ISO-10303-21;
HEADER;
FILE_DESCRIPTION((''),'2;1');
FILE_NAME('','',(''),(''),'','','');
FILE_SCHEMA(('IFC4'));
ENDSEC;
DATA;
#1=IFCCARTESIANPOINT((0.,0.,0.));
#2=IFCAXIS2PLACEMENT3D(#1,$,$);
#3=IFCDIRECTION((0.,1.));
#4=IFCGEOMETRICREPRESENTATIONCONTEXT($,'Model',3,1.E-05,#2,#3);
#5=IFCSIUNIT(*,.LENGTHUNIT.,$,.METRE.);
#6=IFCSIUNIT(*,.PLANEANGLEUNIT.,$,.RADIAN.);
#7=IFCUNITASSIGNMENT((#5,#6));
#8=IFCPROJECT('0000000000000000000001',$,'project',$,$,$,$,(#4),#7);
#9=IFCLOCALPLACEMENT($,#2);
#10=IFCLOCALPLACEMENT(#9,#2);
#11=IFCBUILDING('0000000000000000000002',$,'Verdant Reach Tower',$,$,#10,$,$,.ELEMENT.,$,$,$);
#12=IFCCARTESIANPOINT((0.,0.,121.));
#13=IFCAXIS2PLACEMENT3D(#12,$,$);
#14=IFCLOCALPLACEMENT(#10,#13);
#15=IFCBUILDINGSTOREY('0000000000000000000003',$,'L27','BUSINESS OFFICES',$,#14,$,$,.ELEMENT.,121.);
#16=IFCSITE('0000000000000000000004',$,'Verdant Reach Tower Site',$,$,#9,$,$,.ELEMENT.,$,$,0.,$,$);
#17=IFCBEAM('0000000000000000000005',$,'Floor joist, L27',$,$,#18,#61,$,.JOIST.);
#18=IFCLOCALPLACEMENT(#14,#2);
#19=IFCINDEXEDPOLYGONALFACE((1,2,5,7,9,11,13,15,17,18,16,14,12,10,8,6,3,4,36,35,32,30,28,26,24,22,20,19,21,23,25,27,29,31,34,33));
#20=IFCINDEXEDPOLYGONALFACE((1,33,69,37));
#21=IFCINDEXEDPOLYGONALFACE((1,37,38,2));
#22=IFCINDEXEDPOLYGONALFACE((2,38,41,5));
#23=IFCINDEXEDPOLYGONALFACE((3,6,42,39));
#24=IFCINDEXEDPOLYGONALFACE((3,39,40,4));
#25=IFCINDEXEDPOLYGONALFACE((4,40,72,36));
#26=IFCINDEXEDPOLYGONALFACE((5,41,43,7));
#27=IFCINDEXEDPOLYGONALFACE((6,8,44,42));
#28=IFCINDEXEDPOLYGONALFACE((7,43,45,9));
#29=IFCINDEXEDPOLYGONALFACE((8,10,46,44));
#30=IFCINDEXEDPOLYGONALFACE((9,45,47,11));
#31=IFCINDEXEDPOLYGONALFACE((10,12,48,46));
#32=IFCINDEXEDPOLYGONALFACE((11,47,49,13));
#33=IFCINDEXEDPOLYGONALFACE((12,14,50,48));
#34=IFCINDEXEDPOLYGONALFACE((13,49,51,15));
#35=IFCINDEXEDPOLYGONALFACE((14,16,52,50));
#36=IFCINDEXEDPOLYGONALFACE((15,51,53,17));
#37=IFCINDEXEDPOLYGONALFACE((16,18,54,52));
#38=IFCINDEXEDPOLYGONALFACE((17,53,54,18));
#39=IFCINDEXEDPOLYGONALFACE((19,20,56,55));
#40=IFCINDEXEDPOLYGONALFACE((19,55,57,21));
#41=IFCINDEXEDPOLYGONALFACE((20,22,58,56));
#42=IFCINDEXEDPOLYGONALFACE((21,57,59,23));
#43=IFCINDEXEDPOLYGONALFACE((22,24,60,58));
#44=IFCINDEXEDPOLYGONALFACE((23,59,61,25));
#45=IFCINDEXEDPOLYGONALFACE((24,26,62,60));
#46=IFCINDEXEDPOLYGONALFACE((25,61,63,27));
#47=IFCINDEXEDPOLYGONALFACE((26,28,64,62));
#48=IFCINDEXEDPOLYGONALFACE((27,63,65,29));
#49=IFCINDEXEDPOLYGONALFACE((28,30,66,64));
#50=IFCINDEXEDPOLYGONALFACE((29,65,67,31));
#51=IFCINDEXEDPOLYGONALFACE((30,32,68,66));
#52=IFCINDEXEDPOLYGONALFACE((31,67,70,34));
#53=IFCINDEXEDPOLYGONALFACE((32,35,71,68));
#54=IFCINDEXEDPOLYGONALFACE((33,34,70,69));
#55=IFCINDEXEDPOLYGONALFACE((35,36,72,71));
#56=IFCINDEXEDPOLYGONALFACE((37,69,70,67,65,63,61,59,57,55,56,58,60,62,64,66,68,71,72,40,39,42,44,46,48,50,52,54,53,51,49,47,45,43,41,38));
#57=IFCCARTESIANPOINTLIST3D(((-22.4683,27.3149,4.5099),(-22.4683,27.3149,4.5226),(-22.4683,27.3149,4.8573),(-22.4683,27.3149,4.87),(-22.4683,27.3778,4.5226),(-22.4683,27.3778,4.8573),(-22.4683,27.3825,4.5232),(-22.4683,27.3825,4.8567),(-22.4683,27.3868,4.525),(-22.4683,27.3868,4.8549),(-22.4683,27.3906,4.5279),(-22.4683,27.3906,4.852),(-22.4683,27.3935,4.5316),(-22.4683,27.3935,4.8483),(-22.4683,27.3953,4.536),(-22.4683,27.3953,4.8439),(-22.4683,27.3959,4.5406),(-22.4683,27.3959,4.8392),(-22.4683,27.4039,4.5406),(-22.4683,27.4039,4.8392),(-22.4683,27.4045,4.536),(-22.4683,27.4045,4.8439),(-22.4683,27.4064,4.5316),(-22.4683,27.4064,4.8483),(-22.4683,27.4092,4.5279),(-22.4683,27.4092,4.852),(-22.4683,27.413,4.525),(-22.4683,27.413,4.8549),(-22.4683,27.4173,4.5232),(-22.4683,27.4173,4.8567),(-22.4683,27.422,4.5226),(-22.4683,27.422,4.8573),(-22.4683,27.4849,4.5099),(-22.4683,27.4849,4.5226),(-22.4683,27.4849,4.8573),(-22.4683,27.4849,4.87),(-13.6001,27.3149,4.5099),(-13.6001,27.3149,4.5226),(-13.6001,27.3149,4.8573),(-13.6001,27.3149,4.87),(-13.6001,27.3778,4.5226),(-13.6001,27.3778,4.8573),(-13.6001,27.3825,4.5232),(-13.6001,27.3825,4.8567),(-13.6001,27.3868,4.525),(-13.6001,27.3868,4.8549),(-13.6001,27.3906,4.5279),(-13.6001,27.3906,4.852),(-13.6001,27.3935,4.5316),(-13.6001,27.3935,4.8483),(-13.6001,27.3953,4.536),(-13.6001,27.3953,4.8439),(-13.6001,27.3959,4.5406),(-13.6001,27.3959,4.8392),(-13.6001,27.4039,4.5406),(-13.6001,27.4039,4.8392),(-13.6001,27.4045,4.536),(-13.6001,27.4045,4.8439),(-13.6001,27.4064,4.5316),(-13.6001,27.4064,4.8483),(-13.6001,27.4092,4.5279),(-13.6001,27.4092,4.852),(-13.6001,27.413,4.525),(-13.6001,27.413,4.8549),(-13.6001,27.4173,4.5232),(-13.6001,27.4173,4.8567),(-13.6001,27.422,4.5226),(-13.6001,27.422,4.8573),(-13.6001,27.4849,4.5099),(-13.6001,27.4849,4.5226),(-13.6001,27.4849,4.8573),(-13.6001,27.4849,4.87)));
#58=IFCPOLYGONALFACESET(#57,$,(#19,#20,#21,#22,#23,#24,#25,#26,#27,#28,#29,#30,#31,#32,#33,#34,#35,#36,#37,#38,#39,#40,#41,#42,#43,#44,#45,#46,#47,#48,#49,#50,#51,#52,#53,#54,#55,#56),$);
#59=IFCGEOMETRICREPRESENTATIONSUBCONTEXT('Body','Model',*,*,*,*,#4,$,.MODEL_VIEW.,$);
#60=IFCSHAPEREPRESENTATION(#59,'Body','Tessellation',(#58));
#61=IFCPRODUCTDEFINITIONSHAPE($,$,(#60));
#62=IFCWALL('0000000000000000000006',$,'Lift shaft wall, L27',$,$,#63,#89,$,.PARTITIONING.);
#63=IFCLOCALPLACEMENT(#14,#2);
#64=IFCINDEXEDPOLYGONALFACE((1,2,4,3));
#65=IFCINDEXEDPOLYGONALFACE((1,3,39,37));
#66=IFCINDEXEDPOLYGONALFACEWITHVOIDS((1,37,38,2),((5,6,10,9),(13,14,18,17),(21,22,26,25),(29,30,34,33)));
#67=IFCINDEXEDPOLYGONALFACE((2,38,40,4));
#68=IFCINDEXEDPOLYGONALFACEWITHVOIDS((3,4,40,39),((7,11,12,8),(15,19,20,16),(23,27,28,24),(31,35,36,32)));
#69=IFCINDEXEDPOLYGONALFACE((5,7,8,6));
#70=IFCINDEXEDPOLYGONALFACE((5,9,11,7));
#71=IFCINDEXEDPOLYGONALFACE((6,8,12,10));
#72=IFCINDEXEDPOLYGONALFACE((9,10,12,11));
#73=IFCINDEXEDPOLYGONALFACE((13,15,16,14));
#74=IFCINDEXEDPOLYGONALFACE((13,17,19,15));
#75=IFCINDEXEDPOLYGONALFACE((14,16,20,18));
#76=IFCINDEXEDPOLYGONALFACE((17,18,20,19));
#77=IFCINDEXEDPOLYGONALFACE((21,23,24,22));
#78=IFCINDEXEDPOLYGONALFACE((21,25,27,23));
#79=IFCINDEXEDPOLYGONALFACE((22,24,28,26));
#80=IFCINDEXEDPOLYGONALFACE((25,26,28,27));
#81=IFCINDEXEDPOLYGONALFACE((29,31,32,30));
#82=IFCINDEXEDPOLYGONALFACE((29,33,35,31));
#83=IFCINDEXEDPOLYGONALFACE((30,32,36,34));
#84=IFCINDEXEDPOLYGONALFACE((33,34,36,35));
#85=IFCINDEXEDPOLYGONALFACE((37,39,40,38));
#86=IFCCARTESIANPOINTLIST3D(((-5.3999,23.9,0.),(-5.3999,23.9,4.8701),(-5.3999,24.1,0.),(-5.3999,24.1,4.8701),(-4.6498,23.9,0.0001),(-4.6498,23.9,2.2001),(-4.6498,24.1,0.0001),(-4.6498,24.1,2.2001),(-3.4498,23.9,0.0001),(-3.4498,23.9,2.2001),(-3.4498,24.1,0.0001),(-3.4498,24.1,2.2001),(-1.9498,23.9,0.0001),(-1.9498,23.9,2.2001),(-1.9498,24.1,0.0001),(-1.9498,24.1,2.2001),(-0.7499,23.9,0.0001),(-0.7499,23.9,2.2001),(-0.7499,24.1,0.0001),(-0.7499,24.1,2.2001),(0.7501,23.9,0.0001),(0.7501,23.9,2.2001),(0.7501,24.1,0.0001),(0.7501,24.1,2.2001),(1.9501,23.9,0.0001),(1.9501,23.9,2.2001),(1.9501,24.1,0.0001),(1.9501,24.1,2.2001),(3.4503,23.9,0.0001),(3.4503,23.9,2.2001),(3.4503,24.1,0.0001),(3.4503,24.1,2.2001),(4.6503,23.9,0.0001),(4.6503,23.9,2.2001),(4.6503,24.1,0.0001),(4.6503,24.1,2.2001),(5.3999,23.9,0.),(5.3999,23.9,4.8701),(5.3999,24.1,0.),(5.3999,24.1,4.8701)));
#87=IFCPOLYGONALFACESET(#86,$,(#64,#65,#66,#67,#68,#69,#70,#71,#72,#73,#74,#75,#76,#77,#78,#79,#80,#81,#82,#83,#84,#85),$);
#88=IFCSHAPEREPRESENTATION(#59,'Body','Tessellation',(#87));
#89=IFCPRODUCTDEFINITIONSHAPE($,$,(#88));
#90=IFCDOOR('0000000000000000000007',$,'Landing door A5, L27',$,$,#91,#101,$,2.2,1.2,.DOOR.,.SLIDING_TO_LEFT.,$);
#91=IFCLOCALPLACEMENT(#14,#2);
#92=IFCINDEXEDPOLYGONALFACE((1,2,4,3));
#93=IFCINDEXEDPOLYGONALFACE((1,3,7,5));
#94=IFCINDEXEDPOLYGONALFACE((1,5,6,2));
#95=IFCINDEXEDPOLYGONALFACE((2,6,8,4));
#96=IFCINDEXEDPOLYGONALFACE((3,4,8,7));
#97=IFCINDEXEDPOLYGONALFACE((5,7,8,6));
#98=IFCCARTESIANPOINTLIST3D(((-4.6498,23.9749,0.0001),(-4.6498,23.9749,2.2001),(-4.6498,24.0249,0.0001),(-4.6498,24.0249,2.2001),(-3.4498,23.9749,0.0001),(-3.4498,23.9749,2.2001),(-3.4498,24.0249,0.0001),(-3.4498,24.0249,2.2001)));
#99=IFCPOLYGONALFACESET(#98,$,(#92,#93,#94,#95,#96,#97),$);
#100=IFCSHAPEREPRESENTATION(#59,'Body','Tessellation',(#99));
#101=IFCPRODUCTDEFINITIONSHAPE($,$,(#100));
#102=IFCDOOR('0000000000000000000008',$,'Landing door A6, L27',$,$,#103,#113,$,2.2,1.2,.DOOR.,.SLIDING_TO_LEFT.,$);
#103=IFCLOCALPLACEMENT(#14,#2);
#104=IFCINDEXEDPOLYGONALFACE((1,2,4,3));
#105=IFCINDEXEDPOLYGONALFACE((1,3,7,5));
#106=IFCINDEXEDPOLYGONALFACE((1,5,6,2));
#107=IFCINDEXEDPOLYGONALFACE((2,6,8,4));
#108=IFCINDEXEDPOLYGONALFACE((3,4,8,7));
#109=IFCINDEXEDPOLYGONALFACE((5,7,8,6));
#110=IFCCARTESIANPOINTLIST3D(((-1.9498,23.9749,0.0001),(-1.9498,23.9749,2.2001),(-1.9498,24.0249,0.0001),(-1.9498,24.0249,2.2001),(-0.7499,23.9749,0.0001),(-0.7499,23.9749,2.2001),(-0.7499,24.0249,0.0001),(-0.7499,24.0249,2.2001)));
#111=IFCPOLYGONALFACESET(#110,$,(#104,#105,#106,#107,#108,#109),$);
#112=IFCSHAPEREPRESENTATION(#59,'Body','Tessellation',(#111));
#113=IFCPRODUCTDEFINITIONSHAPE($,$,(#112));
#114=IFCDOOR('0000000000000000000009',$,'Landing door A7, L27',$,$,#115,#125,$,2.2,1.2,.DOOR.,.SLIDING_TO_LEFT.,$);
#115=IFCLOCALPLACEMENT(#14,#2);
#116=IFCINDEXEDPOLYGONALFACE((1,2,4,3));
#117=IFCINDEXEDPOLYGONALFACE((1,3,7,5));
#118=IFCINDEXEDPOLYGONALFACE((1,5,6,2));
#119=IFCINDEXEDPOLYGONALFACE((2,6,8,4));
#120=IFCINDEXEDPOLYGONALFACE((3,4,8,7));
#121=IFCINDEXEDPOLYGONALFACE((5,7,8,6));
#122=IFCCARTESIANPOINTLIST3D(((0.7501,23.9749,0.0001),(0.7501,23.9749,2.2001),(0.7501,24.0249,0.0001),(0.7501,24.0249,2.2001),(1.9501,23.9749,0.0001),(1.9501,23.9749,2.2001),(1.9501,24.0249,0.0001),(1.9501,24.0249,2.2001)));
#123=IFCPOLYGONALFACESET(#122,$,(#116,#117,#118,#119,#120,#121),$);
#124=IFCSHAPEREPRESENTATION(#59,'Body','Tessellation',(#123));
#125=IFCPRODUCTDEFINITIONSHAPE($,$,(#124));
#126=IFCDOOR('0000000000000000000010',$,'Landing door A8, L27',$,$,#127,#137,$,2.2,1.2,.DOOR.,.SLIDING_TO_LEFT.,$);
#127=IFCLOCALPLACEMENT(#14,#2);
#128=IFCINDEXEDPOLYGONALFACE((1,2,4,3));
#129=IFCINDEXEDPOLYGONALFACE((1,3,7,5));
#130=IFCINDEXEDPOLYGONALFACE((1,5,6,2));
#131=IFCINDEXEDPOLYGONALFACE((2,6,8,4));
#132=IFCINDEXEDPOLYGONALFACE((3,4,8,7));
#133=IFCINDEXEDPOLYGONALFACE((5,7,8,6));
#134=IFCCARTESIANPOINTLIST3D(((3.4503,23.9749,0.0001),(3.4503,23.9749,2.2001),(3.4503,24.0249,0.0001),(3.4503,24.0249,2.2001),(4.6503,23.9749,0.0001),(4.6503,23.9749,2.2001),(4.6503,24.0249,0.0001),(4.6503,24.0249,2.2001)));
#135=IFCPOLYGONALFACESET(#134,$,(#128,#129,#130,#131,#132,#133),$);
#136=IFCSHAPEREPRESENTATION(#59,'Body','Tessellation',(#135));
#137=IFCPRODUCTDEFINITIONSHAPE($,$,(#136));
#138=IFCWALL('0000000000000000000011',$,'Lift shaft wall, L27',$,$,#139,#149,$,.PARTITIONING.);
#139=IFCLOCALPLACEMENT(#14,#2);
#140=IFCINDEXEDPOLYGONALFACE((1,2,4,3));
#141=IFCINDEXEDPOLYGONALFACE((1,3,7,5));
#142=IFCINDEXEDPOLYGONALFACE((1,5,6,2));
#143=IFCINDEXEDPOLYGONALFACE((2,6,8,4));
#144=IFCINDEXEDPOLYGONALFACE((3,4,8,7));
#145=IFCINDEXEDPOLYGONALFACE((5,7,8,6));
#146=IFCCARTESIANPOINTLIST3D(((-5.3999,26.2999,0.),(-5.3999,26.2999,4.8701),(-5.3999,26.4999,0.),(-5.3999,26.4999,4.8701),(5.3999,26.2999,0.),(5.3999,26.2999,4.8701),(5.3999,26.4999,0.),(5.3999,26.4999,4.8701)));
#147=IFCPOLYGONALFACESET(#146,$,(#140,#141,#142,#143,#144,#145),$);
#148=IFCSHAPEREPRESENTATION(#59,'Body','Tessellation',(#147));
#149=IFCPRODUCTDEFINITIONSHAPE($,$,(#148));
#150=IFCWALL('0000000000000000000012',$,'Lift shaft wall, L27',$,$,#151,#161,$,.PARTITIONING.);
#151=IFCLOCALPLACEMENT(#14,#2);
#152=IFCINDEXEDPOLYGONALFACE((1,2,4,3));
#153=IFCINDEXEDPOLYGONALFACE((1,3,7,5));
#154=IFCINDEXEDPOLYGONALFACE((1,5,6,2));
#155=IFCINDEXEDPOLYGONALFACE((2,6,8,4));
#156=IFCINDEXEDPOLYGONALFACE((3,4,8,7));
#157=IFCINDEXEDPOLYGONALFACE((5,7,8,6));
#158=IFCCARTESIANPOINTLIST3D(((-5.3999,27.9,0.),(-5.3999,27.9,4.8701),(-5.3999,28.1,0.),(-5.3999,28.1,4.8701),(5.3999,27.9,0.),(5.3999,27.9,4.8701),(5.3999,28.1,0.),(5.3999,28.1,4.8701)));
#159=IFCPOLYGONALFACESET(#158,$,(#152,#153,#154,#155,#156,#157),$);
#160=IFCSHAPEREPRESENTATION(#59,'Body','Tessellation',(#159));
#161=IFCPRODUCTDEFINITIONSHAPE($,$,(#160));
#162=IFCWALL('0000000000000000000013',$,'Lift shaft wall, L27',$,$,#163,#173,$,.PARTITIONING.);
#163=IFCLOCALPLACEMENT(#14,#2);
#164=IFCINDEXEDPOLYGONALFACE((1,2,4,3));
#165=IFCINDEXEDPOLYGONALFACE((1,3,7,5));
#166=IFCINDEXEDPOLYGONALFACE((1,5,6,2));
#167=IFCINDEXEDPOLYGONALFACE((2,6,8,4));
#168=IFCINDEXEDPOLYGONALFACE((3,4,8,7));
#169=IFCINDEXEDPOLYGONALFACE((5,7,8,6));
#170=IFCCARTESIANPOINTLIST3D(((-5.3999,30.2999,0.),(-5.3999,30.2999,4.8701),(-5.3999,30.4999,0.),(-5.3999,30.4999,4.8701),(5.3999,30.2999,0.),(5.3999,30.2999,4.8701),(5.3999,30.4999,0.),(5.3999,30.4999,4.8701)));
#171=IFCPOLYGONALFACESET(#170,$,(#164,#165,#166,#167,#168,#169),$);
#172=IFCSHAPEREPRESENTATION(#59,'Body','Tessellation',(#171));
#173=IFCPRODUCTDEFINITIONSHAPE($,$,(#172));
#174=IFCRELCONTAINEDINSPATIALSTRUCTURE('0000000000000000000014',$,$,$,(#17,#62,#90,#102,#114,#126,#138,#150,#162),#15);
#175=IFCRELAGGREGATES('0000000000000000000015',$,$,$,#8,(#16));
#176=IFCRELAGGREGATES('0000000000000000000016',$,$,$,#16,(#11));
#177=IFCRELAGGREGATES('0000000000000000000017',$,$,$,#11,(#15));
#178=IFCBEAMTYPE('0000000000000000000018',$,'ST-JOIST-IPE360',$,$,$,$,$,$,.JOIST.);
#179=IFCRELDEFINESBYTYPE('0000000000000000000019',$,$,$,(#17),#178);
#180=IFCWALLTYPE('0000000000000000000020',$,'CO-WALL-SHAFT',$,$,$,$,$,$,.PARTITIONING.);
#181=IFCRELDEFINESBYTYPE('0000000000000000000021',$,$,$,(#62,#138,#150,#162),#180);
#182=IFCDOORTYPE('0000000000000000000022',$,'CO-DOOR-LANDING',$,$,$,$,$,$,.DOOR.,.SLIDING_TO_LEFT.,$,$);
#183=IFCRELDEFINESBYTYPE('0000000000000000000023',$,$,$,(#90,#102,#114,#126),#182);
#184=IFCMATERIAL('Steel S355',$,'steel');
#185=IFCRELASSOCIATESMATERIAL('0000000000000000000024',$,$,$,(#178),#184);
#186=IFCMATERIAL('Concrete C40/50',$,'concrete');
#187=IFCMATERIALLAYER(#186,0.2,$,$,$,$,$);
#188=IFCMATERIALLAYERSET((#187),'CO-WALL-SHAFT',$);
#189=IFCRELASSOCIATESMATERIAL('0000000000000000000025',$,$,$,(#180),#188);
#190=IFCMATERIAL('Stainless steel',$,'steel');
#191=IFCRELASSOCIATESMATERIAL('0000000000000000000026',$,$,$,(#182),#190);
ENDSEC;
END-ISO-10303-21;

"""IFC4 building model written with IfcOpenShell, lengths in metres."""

from ifc_helpers import new_model, si_unit, direction, frame, frame_2d, origin, origin_2d, place, context, subcontext, project, spatial, rectangle, i_section, extrude, material, layer, layer_set, material_profile, profile_set, type_object, element, fill, save


model = new_model("IFC4")

# Units and contexts
model_context = context("Model", 3, precision=1e-05, world=origin(), true_north=direction((0.0, 1.0)))
body_context = subcontext(model_context, "Body", "Model", "MODEL_VIEW")
ifc_project = project(units=[si_unit("LENGTHUNIT", "METRE"), si_unit("PLANEANGLEUNIT", "RADIAN")], contexts=[model_context])

# Site, building, storey
site_placement = place(None, origin())
site = spatial("IfcSite", under=ifc_project, at=site_placement, Name="Verdant Reach Tower Site", CompositionType="ELEMENT", RefElevation=0.0)
building_placement = place(site_placement, origin())
building = spatial("IfcBuilding", under=site, at=building_placement, Name="Verdant Reach Tower", CompositionType="ELEMENT")
storey_placement = place(building_placement, frame((0.0, 0.0, 121.0)))
storey = spatial("IfcBuildingStorey", under=building, at=storey_placement, Name="L27", Description="BUSINESS OFFICES", CompositionType="ELEMENT", Elevation=121.0)

# Beam
ifc_material_1 = material(Name="Steel S355", Category="steel")
ifc_material_profile = material_profile(ifc_material_1, i_section(OverallWidth=0.1699, OverallDepth=0.3601, WebThickness=0.0081, FlangeThickness=0.0127, FilletRadius=0.0181, at=origin_2d()), Name="IPE 360")
ifc_profile_set = profile_set([ifc_material_profile], Name="Steel S355")
beam_type = type_object("IfcBeamType", Name="ST-JOIST-IPE360", PredefinedType="JOIST", material=ifc_profile_set)
beam_placement = place(storey_placement, frame((-13.6001, 27.3999, 4.6899), z_axis=(-1.0, 0.0, 0.0), x_axis=(0.0, -1.0, 0.0)))
element("IfcBeam", 1, at=beam_placement, inside=storey, type_object=beam_type, Name="Floor joist, L27", PredefinedType="JOIST", context=body_context, shape_type="SweptSolid", body=[
    extrude(i_section(OverallWidth=0.1699, OverallDepth=0.3601, WebThickness=0.0081, FlangeThickness=0.0127, FilletRadius=0.0181, at=origin_2d()), origin(), (0.0, 0.0, 1.0), 8.8682),
])

# Wall, openings, doors
ifc_material_2 = material(Name="Concrete C40/50", Category="concrete")
ifc_layer_1 = layer(ifc_material_2, 0.2)
ifc_layer_set_1 = layer_set([ifc_layer_1], Name="CO-WALL-SHAFT")
wall_type_1 = type_object("IfcWallType", Name="CO-WALL-SHAFT", PredefinedType="PARTITIONING", material=ifc_layer_set_1)
wall_1_placement = place(storey_placement, frame((-5.3999, 24.0, 0.0), z_axis=(0.0, 0.0, 1.0), x_axis=(1.0, 0.0, 0.0)))
wall_1 = element("IfcWall", 2, at=wall_1_placement, inside=storey, type_object=wall_type_1, Name="Lift shaft wall, L27", PredefinedType="PARTITIONING", context=body_context, shape_type="SweptSolid", body=[
    extrude(rectangle(XDim=10.7998, YDim=0.2, at=frame_2d((5.3999, 0.0))), origin(), (0.0, 0.0, 1.0), 4.8701),
])
opening_1_placement = place(wall_1_placement, frame((0.75, 0.0, 0.0)))
opening_1 = element("IfcOpeningElement", 3, at=opening_1_placement, cuts=wall_1, PredefinedType="OPENING", context=body_context, shape_type="SweptSolid", body=[
    extrude(rectangle(XDim=1.2, YDim=2.2, at=frame_2d((0.6001, 1.1001))), frame((0.0, 0.1099, 0.0), z_axis=(0.0, -1.0, 0.0), x_axis=(1.0, 0.0, 0.0)), (0.0, 0.0, 1.0), 0.22),
])
opening_2_placement = place(wall_1_placement, frame((3.45, 0.0, 0.0)))
opening_2 = element("IfcOpeningElement", 4, at=opening_2_placement, cuts=wall_1, PredefinedType="OPENING", context=body_context, shape_type="SweptSolid", body=[
    extrude(rectangle(XDim=1.2, YDim=2.2, at=frame_2d((0.6001, 1.1001))), frame((0.0, 0.1099, 0.0), z_axis=(0.0, -1.0, 0.0), x_axis=(1.0, 0.0, 0.0)), (0.0, 0.0, 1.0), 0.22),
])
opening_3_placement = place(wall_1_placement, frame((6.1499, 0.0, 0.0)))
opening_3 = element("IfcOpeningElement", 5, at=opening_3_placement, cuts=wall_1, PredefinedType="OPENING", context=body_context, shape_type="SweptSolid", body=[
    extrude(rectangle(XDim=1.2, YDim=2.2, at=frame_2d((0.6001, 1.1001))), frame((0.0, 0.1099, 0.0), z_axis=(0.0, -1.0, 0.0), x_axis=(1.0, 0.0, 0.0)), (0.0, 0.0, 1.0), 0.22),
])
opening_4_placement = place(wall_1_placement, frame((8.8501, 0.0, 0.0)))
opening_4 = element("IfcOpeningElement", 6, at=opening_4_placement, cuts=wall_1, PredefinedType="OPENING", context=body_context, shape_type="SweptSolid", body=[
    extrude(rectangle(XDim=1.2, YDim=2.2, at=frame_2d((0.6001, 1.1001))), frame((0.0, 0.1099, 0.0), z_axis=(0.0, -1.0, 0.0), x_axis=(1.0, 0.0, 0.0)), (0.0, 0.0, 1.0), 0.22),
])
ifc_material_3 = material(Name="Stainless steel", Category="steel")
door_type_1 = type_object("IfcDoorType", Name="CO-DOOR-LANDING", OperationType="SLIDING_TO_LEFT", PredefinedType="DOOR", material=ifc_material_3)
door_1_placement = place(opening_1_placement, origin())
door_1 = element("IfcDoor", 7, at=door_1_placement, inside=storey, type_object=door_type_1, Name="Landing door A5, L27", OperationType="SLIDING_TO_LEFT", OverallHeight=2.2, OverallWidth=1.2, PredefinedType="DOOR", context=body_context, shape_type="SweptSolid", body=[
    extrude(rectangle(XDim=1.2, YDim=2.2, at=frame_2d((0.6001, 1.1001))), frame((0.0, 0.0249, 0.0), z_axis=(0.0, -1.0, 0.0), x_axis=(1.0, 0.0, 0.0)), (0.0, 0.0, 1.0), 0.05),
])
fill(opening_1, door_1)
door_2_placement = place(opening_2_placement, origin())
door_2 = element("IfcDoor", 8, at=door_2_placement, inside=storey, type_object=door_type_1, Name="Landing door A6, L27", OperationType="SLIDING_TO_LEFT", OverallHeight=2.2, OverallWidth=1.2, PredefinedType="DOOR", context=body_context, shape_type="SweptSolid", body=[
    extrude(rectangle(XDim=1.2, YDim=2.2, at=frame_2d((0.6001, 1.1001))), frame((0.0, 0.0249, 0.0), z_axis=(0.0, -1.0, 0.0), x_axis=(1.0, 0.0, 0.0)), (0.0, 0.0, 1.0), 0.05),
])
fill(opening_2, door_2)
door_3_placement = place(opening_3_placement, origin())
door_3 = element("IfcDoor", 9, at=door_3_placement, inside=storey, type_object=door_type_1, Name="Landing door A7, L27", OperationType="SLIDING_TO_LEFT", OverallHeight=2.2, OverallWidth=1.2, PredefinedType="DOOR", context=body_context, shape_type="SweptSolid", body=[
    extrude(rectangle(XDim=1.2, YDim=2.2, at=frame_2d((0.6001, 1.1001))), frame((0.0, 0.0249, 0.0), z_axis=(0.0, -1.0, 0.0), x_axis=(1.0, 0.0, 0.0)), (0.0, 0.0, 1.0), 0.05),
])
fill(opening_3, door_3)
door_4_placement = place(opening_4_placement, origin())
door_4 = element("IfcDoor", 10, at=door_4_placement, inside=storey, type_object=door_type_1, Name="Landing door A8, L27", OperationType="SLIDING_TO_LEFT", OverallHeight=2.2, OverallWidth=1.2, PredefinedType="DOOR", context=body_context, shape_type="SweptSolid", body=[
    extrude(rectangle(XDim=1.2, YDim=2.2, at=frame_2d((0.6001, 1.1001))), frame((0.0, 0.0249, 0.0), z_axis=(0.0, -1.0, 0.0), x_axis=(1.0, 0.0, 0.0)), (0.0, 0.0, 1.0), 0.05),
])
fill(opening_4, door_4)

# Walls
for number, where, z_axis, x_axis, name in (
    (11, (-5.3999, 26.3999, 0.0), (0.0, 0.0, 1.0), (1.0, 0.0, 0.0), "Lift shaft wall, L27"),
    (12, (-5.3999, 28.0, 0.0), (0.0, 0.0, 1.0), (1.0, 0.0, 0.0), "Lift shaft wall, L27"),
    (13, (-5.3999, 30.3999, 0.0), (0.0, 0.0, 1.0), (1.0, 0.0, 0.0), "Lift shaft wall, L27"),
):
    element("IfcWall", number, at=place(storey_placement, frame(where, z_axis=z_axis, x_axis=x_axis)), inside=storey, type_object=wall_type_1, Name=name, PredefinedType="PARTITIONING", context=body_context, shape_type="SweptSolid", body=[
        extrude(rectangle(XDim=10.7998, YDim=0.2, at=frame_2d((5.3999, 0.0))), origin(), (0.0, 0.0, 1.0), 4.8701),
    ])

save(model, "model.ifc")
